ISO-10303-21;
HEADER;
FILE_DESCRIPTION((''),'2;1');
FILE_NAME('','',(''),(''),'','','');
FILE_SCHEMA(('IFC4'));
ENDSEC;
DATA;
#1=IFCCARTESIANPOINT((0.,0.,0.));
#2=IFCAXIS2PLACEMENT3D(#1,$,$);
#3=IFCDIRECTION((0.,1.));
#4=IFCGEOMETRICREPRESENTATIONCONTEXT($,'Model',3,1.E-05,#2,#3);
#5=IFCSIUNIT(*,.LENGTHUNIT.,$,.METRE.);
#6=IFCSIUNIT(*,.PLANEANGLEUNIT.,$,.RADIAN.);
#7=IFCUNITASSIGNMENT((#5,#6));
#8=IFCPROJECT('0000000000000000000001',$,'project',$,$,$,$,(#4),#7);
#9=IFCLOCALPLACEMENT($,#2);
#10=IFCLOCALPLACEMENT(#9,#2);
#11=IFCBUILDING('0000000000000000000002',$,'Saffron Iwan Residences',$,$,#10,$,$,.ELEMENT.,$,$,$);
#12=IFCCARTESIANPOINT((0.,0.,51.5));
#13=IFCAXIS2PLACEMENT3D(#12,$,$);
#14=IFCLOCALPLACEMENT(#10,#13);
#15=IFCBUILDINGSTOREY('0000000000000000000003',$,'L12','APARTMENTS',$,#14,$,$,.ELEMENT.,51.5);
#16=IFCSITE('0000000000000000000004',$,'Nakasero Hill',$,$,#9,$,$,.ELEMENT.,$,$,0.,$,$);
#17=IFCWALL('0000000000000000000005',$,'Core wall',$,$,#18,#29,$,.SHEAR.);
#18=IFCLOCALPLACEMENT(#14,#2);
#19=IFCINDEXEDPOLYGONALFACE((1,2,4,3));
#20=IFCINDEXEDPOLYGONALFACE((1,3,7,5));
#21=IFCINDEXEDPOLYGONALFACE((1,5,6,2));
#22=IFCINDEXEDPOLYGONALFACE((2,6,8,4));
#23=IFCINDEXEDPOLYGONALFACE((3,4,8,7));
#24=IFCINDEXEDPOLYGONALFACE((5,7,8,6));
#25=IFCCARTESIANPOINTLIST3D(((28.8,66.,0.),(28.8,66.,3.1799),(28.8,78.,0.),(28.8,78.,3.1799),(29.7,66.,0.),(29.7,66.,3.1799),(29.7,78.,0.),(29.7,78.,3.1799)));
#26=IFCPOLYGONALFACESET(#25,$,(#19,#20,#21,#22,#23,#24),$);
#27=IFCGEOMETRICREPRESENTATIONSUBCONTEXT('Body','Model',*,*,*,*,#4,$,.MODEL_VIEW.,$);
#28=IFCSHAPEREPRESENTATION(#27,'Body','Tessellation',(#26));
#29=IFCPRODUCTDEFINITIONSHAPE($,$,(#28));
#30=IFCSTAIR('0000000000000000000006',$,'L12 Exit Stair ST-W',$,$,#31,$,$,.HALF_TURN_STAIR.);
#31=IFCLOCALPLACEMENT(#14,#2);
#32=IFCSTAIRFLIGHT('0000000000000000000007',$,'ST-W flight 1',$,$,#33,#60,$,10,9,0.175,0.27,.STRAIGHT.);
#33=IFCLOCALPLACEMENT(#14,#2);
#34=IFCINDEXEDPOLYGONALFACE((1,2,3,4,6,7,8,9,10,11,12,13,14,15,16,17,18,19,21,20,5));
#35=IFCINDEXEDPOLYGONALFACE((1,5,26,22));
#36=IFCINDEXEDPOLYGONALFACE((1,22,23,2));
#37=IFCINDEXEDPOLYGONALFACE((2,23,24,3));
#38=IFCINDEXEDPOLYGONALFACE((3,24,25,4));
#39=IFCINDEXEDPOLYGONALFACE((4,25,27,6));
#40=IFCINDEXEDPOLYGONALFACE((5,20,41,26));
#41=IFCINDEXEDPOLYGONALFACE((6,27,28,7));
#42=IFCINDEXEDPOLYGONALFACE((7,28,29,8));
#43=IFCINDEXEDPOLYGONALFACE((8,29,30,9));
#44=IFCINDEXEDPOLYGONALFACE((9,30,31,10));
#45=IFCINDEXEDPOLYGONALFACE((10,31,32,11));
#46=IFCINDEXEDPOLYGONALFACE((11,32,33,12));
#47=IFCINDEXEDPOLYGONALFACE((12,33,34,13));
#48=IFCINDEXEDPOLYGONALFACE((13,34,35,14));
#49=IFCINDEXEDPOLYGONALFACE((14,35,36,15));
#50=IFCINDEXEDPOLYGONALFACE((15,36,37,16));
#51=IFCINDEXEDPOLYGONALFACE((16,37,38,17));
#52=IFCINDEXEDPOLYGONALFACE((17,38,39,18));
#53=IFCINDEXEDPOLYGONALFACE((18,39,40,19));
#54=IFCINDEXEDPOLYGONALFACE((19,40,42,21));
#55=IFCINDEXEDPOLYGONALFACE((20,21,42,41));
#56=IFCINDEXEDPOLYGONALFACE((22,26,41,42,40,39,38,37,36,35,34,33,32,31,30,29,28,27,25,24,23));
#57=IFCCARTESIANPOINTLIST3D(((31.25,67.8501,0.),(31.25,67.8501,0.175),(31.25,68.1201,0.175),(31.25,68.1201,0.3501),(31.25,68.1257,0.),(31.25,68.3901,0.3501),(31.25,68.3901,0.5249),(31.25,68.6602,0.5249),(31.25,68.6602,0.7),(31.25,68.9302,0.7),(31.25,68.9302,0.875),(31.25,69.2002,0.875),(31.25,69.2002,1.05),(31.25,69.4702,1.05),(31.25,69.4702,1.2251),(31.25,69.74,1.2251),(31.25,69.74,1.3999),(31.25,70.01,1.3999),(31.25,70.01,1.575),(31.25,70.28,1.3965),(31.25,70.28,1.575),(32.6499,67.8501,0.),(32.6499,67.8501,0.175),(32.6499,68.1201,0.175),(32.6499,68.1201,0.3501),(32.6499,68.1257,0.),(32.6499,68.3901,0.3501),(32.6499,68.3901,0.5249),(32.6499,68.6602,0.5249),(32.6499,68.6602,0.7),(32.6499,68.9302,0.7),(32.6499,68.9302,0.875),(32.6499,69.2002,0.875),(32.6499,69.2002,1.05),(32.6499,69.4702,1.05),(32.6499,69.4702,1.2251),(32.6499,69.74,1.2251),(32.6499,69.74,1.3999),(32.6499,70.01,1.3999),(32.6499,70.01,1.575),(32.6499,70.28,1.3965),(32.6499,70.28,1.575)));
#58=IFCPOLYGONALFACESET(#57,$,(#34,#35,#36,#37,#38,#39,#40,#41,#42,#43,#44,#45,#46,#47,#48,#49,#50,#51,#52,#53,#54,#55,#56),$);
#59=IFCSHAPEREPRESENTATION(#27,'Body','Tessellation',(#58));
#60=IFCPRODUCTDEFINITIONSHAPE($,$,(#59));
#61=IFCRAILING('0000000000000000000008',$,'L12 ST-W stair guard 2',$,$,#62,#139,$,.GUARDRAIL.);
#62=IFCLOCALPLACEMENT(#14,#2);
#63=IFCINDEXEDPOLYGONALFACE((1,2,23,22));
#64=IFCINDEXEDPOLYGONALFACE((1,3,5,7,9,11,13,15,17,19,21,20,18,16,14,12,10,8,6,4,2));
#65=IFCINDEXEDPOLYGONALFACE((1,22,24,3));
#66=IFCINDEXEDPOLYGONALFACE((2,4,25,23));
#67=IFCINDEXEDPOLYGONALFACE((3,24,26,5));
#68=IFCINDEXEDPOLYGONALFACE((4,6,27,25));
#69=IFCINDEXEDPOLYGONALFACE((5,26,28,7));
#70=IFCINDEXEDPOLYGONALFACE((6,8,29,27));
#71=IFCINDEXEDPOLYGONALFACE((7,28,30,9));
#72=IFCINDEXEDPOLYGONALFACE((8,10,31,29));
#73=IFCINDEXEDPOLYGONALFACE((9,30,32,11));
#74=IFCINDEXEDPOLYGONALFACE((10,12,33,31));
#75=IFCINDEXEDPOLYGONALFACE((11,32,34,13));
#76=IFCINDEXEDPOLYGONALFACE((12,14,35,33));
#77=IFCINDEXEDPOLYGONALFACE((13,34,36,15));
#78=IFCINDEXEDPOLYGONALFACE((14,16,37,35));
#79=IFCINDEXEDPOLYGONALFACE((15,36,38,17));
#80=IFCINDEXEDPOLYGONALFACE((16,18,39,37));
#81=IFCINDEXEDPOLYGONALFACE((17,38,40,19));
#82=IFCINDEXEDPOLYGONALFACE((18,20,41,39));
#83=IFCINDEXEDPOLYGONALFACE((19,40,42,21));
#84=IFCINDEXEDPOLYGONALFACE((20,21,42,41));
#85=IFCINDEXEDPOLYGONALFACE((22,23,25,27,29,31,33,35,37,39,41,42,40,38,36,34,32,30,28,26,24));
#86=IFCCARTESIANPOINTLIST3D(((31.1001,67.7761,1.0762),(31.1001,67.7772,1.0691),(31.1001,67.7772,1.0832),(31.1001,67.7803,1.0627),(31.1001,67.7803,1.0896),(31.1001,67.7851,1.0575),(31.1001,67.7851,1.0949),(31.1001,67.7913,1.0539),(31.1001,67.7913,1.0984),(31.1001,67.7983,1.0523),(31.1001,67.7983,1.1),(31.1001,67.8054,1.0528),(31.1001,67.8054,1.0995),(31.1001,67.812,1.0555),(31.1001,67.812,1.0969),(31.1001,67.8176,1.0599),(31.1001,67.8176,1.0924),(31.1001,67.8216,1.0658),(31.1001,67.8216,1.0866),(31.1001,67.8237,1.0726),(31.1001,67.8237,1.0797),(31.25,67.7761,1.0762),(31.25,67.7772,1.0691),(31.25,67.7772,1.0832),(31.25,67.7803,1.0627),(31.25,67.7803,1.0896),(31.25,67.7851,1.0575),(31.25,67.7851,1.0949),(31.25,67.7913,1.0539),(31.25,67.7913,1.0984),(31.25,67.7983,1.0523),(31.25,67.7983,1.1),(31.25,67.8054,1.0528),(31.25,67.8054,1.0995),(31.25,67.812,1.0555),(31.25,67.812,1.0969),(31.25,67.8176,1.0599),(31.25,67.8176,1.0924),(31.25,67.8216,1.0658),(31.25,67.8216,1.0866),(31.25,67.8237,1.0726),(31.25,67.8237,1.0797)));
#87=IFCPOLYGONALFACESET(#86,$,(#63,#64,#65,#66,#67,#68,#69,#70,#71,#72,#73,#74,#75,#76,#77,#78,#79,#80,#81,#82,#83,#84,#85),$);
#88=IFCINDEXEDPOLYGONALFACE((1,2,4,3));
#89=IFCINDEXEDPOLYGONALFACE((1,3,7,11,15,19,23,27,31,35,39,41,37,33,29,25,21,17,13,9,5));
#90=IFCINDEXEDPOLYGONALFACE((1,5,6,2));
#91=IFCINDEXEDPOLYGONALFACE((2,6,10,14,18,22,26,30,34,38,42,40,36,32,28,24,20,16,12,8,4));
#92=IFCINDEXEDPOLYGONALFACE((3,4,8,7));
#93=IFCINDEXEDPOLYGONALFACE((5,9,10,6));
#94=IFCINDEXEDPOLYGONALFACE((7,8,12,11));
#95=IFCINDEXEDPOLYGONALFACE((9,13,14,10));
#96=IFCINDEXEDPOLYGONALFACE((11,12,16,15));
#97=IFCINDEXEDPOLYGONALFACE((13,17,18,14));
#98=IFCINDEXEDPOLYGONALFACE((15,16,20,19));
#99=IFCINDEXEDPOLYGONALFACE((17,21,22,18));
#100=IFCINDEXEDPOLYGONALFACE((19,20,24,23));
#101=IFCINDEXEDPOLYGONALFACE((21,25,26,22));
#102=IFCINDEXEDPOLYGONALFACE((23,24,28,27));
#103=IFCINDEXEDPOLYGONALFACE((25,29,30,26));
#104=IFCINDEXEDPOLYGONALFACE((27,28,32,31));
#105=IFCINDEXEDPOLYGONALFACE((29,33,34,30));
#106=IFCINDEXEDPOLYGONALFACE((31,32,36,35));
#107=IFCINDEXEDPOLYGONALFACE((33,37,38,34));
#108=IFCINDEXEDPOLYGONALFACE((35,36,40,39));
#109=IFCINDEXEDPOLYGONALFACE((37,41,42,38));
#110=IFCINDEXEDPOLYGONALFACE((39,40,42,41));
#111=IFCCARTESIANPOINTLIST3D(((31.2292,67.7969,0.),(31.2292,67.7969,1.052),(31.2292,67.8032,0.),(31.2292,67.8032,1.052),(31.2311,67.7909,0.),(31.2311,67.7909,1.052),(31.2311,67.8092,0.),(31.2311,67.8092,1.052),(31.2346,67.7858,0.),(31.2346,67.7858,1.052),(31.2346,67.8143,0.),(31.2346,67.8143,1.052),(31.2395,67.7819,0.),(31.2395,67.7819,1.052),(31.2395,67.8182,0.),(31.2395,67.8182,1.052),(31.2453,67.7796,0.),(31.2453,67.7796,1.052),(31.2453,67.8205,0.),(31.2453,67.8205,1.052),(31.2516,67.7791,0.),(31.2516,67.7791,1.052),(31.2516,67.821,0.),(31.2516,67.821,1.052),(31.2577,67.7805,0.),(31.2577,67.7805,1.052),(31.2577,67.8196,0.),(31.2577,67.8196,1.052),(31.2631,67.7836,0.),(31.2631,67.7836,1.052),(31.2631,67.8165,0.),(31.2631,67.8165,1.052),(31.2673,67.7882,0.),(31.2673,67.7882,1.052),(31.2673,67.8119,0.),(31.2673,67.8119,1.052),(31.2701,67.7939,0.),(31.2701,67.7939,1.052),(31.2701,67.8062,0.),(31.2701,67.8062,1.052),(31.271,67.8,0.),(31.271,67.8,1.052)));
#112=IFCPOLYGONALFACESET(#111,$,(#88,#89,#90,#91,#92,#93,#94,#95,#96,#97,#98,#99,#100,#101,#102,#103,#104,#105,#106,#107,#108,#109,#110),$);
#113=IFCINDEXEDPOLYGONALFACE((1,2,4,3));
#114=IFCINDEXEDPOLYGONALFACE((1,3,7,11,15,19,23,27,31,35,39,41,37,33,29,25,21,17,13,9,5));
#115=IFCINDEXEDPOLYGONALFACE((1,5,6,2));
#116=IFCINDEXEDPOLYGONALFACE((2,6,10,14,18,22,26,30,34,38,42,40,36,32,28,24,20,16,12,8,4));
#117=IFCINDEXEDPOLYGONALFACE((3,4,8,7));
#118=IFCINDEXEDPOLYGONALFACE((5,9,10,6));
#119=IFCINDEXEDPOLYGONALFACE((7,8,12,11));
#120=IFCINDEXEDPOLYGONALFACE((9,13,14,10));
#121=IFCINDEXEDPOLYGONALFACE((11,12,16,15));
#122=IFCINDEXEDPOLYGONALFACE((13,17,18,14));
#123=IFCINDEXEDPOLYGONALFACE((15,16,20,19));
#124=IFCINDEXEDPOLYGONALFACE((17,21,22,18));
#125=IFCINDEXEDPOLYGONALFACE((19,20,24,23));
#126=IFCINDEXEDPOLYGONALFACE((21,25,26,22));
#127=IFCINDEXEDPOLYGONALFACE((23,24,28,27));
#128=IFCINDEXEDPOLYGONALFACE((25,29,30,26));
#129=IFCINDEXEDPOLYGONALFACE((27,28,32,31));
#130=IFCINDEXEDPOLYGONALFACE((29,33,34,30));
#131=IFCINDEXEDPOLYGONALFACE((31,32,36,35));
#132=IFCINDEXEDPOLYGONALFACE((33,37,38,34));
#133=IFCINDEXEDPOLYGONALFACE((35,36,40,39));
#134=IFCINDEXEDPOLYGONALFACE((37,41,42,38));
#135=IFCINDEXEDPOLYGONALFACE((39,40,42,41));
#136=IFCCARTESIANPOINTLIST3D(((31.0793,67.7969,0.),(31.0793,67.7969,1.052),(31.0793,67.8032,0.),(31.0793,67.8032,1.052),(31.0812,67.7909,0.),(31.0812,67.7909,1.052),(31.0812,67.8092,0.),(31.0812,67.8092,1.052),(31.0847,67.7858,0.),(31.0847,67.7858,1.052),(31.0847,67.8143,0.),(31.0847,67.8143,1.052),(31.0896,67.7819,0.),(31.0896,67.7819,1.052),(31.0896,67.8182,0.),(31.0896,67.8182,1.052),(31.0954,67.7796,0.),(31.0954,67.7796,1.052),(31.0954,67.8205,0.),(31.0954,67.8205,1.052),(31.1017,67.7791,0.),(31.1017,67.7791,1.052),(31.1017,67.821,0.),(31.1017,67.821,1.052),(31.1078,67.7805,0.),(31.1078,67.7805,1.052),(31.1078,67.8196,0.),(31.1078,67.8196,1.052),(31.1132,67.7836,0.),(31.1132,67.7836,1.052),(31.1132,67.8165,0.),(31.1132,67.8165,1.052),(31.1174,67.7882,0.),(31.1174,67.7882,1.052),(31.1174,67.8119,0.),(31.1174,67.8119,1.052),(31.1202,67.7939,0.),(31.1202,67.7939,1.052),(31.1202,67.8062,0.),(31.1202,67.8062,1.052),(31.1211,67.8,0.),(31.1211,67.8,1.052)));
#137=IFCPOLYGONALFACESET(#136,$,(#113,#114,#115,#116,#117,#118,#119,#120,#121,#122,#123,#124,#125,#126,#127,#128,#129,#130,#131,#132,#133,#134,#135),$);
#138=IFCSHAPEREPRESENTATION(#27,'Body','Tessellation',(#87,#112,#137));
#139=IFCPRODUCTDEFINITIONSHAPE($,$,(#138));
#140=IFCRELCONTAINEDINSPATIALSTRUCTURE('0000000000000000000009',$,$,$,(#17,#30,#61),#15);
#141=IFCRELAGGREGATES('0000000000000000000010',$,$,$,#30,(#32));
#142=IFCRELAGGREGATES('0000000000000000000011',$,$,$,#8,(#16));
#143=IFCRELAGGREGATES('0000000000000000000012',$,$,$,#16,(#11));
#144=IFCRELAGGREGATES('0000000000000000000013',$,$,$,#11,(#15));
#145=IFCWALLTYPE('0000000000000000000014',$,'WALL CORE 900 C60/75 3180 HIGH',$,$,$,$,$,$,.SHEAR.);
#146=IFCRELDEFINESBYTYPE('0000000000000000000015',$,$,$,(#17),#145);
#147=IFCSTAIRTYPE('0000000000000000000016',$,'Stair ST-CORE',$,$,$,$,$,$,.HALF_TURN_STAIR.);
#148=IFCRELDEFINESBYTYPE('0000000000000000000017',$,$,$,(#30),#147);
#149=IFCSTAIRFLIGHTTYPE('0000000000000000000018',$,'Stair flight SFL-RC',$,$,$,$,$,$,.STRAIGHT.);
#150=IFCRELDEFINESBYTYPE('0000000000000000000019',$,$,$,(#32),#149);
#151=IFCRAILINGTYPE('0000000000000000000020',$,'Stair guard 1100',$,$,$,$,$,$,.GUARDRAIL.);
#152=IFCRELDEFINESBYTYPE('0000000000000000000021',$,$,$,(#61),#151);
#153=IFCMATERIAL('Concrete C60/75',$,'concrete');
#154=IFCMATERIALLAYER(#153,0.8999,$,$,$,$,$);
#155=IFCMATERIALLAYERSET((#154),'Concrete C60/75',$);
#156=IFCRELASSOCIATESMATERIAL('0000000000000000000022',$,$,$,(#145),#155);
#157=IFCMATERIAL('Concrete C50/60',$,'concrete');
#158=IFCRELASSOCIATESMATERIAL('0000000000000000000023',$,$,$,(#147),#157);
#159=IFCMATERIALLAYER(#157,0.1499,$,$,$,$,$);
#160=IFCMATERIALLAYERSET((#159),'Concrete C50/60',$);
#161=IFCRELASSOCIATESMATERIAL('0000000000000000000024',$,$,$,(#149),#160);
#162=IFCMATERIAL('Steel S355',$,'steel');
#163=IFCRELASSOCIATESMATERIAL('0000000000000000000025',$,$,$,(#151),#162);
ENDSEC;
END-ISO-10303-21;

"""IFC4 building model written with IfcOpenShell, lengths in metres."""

from ifc_helpers import new_model, si_unit, direction, frame, frame_2d, origin, origin_2d, place, context, subcontext, project, spatial, polyline, rectangle, circle, outline, extrude, material, layer, layer_set, type_object, element, aggregate, save


model = new_model("IFC4")

# Units and contexts
model_context = context("Model", 3, precision=1e-05, world=origin(), true_north=direction((0.0, 1.0)))
body_context = subcontext(model_context, "Body", "Model", "MODEL_VIEW")
ifc_project = project(units=[si_unit("LENGTHUNIT", "METRE"), si_unit("PLANEANGLEUNIT", "RADIAN")], contexts=[model_context])

# Site, building, storey
site_placement = place(None, origin())
site = spatial("IfcSite", under=ifc_project, at=site_placement, Name="Nakasero Hill", CompositionType="ELEMENT", RefElevation=0.0)
building_placement = place(site_placement, origin())
building = spatial("IfcBuilding", under=site, at=building_placement, Name="Saffron Iwan Residences", CompositionType="ELEMENT")
storey_placement = place(building_placement, frame((0.0, 0.0, 51.5)))
storey = spatial("IfcBuildingStorey", under=building, at=storey_placement, Name="L12", Description="APARTMENTS", CompositionType="ELEMENT", Elevation=51.5)

# Shared definitions
ifc_material_1 = material(Name="Concrete C60/75", Category="concrete")

# Wall
ifc_layer_1 = layer(ifc_material_1, 0.8999)
ifc_layer_set_1 = layer_set([ifc_layer_1], Name="Concrete C60/75")
wall_type_1 = type_object("IfcWallType", Name="WALL CORE 900 C60/75 3180 HIGH", PredefinedType="SHEAR", material=ifc_layer_set_1)
wall_1_placement = place(storey_placement, frame((29.25, 66.0, 0.0), z_axis=(0.0, 0.0, 1.0), x_axis=(0.0, 1.0, 0.0)))
element("IfcWall", 1, at=wall_1_placement, inside=storey, type_object=wall_type_1, Name="Core wall", PredefinedType="SHEAR", context=body_context, shape_type="SweptSolid", body=[
    extrude(rectangle(XDim=12.0, YDim=0.8999, at=frame_2d((6.0, 0.0))), origin(), (0.0, 0.0, 1.0), 3.1799),
])

# Stair, stair flight
ifc_material_2 = material(Name="Concrete C50/60", Category="concrete")
stair_type = type_object("IfcStairType", Name="Stair ST-CORE", PredefinedType="HALF_TURN_STAIR", material=ifc_material_2)
stair_placement = place(storey_placement, origin())
stair = element("IfcStair", 2, at=stair_placement, inside=storey, type_object=stair_type, Name="L12 Exit Stair ST-W", PredefinedType="HALF_TURN_STAIR")
ifc_layer_2 = layer(ifc_material_2, 0.1499)
ifc_layer_set_2 = layer_set([ifc_layer_2], Name="Concrete C50/60")
stair_flight_type = type_object("IfcStairFlightType", Name="Stair flight SFL-RC", PredefinedType="STRAIGHT", material=ifc_layer_set_2)
stair_flight_placement = place(storey_placement, frame((31.95, 67.8501, 0.0), z_axis=(0.0, 0.0, 1.0), x_axis=(0.0, 1.0, 0.0)))
stair_flight = element("IfcStairFlight", 3, at=stair_flight_placement, type_object=stair_flight_type, Name="ST-W flight 1", NumberOfRisers=10, NumberOfTreads=9, PredefinedType="STRAIGHT", RiserHeight=0.175, TreadLength=0.27, context=body_context, shape_type="SweptSolid", body=[
    extrude(outline(polyline([(0.0, 0.0), (0.0, 0.175), (0.27, 0.175), (0.27, 0.3501), (0.54, 0.3501), (0.54, 0.5249), (0.8101, 0.5249), (0.8101, 0.7), (1.0801, 0.7), (1.0801, 0.875), (1.3501, 0.875), (1.3501, 1.05), (1.6201, 1.05), (1.6201, 1.2251), (1.8899, 1.2251), (1.8899, 1.3999), (2.1599, 1.3999), (2.1599, 1.575), (2.4299, 1.575), (2.4299, 1.75), (2.4299, 1.3965), (0.2756, 0.0), (0.0, 0.0)])), frame((0.0, 0.7, 0.0), z_axis=(0.0, -1.0, 0.0), x_axis=(1.0, 0.0, 0.0)), (0.0, 0.0, 1.0), 1.3999),
])
aggregate(stair, [stair_flight])

# Railing
ifc_material_3 = material(Name="Steel S355", Category="steel")
railing_type_1 = type_object("IfcRailingType", Name="Stair guard 1100", PredefinedType="GUARDRAIL", material=ifc_material_3)
railing_1_placement = place(storey_placement, frame((31.25, 67.8, 0.0)))
element("IfcRailing", 4, at=railing_1_placement, inside=storey, type_object=railing_type_1, Name="L12 ST-W stair guard 2", PredefinedType="GUARDRAIL", context=body_context, shape_type="SweptSolid", body=[
    extrude(circle(Radius=0.0239, at=origin_2d()), frame((0.0, 0.0, 1.0762), z_axis=(-1.0, 0.0, 0.0), x_axis=(0.0, -1.0, 0.0)), (0.0, 0.0, 1.0), 0.1499),
    extrude(circle(Radius=0.021, at=origin_2d()), origin(), (0.0, 0.0, 1.0), 1.052),
    extrude(circle(Radius=0.021, at=origin_2d()), frame((-0.1499, 0.0, 0.0)), (0.0, 0.0, 1.0), 1.052),
])

save(model, "model.ifc")
